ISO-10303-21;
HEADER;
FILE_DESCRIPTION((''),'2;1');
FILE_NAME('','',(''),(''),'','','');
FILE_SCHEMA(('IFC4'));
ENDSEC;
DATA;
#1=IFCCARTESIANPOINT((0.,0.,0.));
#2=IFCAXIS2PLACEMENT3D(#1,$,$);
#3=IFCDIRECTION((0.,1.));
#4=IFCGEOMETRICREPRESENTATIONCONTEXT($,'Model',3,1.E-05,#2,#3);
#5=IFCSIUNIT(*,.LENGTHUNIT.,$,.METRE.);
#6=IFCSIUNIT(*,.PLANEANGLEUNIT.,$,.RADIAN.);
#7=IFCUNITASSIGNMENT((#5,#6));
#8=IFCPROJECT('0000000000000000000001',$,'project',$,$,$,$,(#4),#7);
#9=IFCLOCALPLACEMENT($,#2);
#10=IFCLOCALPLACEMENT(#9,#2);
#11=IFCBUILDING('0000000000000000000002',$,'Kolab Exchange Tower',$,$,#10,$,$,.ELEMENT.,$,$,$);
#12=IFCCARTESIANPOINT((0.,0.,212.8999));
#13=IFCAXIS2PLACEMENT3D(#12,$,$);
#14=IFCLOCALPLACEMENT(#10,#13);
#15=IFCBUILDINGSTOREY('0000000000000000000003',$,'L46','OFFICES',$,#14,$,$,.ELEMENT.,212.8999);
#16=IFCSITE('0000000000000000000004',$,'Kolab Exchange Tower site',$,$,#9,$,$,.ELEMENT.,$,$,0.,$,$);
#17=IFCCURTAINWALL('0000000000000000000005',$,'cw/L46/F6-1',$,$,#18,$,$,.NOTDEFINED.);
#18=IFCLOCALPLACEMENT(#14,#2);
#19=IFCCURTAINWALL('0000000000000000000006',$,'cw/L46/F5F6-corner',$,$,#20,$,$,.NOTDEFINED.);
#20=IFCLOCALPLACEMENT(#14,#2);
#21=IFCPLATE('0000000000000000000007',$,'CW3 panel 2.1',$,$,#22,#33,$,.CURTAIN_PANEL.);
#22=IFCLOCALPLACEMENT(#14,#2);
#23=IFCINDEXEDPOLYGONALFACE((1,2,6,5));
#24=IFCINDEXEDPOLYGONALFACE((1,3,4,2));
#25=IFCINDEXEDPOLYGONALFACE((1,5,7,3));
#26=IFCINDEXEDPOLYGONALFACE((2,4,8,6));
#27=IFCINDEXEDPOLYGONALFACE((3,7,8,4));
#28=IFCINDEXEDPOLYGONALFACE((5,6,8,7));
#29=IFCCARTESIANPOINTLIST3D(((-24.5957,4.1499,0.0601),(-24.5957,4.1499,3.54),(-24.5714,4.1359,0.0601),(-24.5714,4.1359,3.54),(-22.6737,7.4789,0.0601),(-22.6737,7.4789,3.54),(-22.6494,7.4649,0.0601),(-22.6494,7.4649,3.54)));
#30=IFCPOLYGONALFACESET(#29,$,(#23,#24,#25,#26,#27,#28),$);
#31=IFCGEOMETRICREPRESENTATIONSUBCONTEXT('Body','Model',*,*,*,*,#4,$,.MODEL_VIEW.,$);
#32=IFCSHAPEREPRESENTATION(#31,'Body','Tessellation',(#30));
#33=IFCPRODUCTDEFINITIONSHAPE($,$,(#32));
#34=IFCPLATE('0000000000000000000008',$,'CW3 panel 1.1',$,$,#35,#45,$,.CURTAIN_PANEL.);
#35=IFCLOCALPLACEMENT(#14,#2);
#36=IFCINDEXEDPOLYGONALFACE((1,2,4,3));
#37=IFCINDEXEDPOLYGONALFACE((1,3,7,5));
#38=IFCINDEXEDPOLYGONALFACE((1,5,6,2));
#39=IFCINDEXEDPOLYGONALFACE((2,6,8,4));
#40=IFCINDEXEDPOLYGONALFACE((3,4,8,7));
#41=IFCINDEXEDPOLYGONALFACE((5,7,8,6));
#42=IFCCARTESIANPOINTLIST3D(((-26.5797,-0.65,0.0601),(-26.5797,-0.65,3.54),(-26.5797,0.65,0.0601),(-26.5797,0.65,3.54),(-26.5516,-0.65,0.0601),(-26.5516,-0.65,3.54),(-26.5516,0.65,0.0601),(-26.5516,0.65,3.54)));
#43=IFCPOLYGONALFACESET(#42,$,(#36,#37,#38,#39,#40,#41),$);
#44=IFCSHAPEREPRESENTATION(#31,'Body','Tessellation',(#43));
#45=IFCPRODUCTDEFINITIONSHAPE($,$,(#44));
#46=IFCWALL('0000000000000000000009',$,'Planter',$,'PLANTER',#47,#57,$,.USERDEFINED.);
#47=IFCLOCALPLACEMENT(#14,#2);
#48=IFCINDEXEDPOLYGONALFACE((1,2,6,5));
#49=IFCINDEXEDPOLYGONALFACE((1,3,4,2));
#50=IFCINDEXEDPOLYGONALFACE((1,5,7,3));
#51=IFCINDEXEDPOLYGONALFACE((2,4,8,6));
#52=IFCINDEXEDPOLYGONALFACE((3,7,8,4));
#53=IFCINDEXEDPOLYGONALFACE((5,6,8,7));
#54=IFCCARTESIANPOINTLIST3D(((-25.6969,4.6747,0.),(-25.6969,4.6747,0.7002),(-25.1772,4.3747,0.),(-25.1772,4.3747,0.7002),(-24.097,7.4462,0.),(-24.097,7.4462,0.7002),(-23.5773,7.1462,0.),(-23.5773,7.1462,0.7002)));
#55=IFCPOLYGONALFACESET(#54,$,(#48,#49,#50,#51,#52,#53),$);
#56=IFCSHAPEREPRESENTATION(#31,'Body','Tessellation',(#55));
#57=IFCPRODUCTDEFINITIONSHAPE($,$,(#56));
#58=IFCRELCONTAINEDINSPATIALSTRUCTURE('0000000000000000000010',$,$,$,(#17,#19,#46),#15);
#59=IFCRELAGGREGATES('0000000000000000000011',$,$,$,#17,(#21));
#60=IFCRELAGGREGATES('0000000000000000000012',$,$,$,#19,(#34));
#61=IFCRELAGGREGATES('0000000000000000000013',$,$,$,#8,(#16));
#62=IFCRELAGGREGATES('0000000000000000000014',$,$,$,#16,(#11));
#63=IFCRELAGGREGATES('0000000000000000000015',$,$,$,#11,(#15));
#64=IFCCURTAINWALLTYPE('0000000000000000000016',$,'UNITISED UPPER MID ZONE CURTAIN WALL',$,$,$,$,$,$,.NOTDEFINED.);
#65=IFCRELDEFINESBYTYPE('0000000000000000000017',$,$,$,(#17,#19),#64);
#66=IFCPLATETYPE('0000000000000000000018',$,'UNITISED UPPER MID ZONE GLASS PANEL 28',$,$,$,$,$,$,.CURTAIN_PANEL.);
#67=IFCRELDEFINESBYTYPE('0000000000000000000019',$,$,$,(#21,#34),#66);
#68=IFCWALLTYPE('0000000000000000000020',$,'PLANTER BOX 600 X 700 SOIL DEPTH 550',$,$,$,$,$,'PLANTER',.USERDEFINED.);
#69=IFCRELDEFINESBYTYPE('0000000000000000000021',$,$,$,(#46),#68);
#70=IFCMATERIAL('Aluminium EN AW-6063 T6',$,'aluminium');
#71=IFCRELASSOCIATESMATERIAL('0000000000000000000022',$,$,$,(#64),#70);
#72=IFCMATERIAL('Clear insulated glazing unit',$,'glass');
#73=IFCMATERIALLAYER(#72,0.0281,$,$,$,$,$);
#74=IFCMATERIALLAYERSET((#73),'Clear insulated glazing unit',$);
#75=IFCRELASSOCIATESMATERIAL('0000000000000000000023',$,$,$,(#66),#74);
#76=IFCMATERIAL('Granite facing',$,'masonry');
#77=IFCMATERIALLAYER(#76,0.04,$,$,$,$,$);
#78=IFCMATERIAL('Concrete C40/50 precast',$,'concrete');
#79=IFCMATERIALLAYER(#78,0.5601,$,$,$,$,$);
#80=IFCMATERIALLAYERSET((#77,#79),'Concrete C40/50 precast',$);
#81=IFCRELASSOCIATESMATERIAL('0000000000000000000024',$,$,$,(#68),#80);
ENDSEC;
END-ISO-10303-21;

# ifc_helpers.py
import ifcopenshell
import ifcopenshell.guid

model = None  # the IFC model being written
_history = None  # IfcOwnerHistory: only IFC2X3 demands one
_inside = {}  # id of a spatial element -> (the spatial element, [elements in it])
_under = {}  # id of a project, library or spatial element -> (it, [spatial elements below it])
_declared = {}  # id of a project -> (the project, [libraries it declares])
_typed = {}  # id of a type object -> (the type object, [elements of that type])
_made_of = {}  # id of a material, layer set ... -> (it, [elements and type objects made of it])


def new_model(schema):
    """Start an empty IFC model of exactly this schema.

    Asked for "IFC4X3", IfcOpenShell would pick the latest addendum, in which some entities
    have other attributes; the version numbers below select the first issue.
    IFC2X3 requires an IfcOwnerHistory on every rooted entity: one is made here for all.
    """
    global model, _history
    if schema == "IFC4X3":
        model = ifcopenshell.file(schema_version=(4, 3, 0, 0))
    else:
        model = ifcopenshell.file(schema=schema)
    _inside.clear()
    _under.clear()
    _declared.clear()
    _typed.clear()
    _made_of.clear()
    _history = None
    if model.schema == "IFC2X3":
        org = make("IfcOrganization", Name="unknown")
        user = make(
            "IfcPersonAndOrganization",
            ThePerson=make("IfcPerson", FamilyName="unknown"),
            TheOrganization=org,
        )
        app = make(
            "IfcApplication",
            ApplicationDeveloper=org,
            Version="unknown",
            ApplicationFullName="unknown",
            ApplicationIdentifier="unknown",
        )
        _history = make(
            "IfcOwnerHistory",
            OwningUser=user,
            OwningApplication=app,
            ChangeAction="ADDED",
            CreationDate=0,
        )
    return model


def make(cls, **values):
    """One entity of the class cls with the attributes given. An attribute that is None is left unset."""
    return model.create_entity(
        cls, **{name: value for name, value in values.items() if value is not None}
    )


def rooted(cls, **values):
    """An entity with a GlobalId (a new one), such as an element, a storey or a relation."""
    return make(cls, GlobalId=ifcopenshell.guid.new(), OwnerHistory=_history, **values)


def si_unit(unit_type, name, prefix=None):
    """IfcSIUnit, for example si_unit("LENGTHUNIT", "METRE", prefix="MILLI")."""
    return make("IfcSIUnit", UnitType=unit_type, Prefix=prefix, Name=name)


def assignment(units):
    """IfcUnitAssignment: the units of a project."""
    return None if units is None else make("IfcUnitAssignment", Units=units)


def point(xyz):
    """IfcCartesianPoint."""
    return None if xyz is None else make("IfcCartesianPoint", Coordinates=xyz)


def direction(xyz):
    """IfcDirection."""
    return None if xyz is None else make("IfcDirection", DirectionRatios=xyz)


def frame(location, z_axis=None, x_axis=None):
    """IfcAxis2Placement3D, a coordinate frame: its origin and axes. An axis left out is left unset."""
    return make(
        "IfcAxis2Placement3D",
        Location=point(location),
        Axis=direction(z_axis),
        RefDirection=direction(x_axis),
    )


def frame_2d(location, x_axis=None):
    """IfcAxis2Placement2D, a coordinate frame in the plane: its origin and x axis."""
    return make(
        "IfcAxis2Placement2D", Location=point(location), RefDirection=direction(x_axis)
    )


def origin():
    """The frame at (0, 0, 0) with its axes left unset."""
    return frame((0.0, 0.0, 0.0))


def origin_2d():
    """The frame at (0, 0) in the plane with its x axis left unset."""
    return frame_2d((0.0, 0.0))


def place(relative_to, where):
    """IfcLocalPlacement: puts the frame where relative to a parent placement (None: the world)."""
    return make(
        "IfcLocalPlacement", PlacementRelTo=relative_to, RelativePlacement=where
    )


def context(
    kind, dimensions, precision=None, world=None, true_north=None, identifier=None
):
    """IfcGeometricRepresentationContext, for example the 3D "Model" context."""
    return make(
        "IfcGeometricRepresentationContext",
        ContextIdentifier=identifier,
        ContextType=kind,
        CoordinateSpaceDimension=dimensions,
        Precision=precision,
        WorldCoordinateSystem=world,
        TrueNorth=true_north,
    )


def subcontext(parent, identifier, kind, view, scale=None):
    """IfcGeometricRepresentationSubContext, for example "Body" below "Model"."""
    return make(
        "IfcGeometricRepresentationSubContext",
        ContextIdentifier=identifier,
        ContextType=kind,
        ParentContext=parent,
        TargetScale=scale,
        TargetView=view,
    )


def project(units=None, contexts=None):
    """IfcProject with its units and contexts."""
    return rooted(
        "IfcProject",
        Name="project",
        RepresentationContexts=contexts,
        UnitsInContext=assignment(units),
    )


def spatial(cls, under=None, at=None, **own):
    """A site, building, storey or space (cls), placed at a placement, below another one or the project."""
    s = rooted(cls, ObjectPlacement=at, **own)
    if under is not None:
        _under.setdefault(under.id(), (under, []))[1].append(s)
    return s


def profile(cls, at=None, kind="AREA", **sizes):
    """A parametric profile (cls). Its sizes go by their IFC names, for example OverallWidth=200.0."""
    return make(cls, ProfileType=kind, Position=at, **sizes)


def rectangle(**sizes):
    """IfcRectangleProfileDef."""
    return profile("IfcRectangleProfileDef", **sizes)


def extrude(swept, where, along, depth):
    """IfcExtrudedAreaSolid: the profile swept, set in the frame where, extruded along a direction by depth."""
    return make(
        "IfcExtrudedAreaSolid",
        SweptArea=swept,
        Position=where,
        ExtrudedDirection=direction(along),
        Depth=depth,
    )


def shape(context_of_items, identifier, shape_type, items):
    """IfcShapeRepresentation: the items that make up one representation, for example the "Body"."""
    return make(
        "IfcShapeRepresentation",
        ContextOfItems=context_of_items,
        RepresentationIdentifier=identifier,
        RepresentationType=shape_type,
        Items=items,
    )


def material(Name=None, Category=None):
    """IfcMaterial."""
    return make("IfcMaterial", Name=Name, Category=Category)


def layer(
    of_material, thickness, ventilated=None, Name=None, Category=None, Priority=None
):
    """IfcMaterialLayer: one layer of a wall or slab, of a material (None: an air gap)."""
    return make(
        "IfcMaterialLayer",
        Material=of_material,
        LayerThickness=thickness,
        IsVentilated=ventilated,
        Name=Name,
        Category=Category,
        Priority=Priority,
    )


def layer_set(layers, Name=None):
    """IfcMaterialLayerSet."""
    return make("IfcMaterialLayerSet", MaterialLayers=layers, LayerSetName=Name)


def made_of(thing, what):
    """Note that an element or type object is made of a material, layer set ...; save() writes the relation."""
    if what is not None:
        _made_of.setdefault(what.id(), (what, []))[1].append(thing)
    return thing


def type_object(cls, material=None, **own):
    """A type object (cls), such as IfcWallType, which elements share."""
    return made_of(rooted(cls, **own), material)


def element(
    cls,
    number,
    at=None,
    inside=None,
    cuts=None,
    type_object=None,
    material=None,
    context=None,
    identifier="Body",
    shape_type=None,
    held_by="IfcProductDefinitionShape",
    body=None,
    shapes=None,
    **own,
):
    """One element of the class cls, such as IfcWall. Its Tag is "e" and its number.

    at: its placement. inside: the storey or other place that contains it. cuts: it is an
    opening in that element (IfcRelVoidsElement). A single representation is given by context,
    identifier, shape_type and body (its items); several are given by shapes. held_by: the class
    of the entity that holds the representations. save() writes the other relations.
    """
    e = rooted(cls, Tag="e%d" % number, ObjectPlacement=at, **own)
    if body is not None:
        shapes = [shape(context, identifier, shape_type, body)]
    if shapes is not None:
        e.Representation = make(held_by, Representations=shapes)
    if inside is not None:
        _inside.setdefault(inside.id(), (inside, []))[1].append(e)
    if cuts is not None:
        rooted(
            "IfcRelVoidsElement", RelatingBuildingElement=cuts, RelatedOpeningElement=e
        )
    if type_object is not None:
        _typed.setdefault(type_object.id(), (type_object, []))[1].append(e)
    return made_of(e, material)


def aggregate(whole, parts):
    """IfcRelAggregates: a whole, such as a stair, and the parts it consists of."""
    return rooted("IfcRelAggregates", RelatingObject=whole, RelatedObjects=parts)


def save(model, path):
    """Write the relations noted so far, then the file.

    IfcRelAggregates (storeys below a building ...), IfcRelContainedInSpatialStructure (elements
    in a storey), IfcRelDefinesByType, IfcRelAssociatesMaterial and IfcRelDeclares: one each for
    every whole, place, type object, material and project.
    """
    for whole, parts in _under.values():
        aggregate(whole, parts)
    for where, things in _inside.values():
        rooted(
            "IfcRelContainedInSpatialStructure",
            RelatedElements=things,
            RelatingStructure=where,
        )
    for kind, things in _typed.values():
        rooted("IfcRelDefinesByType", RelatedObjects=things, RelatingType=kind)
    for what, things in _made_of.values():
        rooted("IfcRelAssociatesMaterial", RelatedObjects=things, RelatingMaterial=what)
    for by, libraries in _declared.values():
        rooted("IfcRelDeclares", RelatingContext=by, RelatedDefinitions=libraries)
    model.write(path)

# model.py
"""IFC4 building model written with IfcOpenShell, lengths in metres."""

from ifc_helpers import new_model, si_unit, direction, frame, frame_2d, origin, origin_2d, place, context, subcontext, project, spatial, rectangle, extrude, material, layer, layer_set, type_object, element, aggregate, save


model = new_model("IFC4")

# Units and contexts
model_context = context("Model", 3, precision=1e-05, world=origin(), true_north=direction((0.0, 1.0)))
body_context = subcontext(model_context, "Body", "Model", "MODEL_VIEW")
ifc_project = project(units=[si_unit("LENGTHUNIT", "METRE"), si_unit("PLANEANGLEUNIT", "RADIAN")], contexts=[model_context])

# Site, building, storey
site_placement = place(None, origin())
site = spatial("IfcSite", under=ifc_project, at=site_placement, Name="Kolab Exchange Tower site", CompositionType="ELEMENT", RefElevation=0.0)
building_placement = place(site_placement, origin())
building = spatial("IfcBuilding", under=site, at=building_placement, Name="Kolab Exchange Tower", CompositionType="ELEMENT")
storey_placement = place(building_placement, frame((0.0, 0.0, 212.8999)))
storey = spatial("IfcBuildingStorey", under=building, at=storey_placement, Name="L46", Description="OFFICES", CompositionType="ELEMENT", Elevation=212.8999)

# Shared definitions
ifc_material_1 = material(Name="Aluminium EN AW-6063 T6", Category="aluminium")
curtain_wall_type = type_object("IfcCurtainWallType", Name="UNITISED UPPER MID ZONE CURTAIN WALL", PredefinedType="NOTDEFINED", material=ifc_material_1)

# Curtain walls
curtain_wall_1_placement = place(storey_placement, origin())
curtain_wall_1 = element("IfcCurtainWall", 1, at=curtain_wall_1_placement, inside=storey, type_object=curtain_wall_type, Name="cw/L46/F6-1", PredefinedType="NOTDEFINED")
curtain_wall_2_placement = place(storey_placement, origin())
curtain_wall_2 = element("IfcCurtainWall", 2, at=curtain_wall_2_placement, inside=storey, type_object=curtain_wall_type, Name="cw/L46/F5F6-corner", PredefinedType="NOTDEFINED")

# Plates
ifc_material_2 = material(Name="Clear insulated glazing unit", Category="glass")
ifc_layer_1 = layer(ifc_material_2, 0.0281)
ifc_layer_set_1 = layer_set([ifc_layer_1], Name="Clear insulated glazing unit")
plate_type_1 = type_object("IfcPlateType", Name="UNITISED UPPER MID ZONE GLASS PANEL 28", PredefinedType="CURTAIN_PANEL", material=ifc_layer_set_1)
plate_1_placement = place(storey_placement, frame((-23.6226, 5.8074, 0.0601), z_axis=(0.0, 0.0, 1.0), x_axis=(0.5, 0.866025, 0.0)))
plate_1 = element("IfcPlate", 3, at=plate_1_placement, type_object=plate_type_1, Name="CW3 panel 2.1", PredefinedType="CURTAIN_PANEL", context=body_context, shape_type="SweptSolid", body=[
    extrude(rectangle(XDim=3.844, YDim=0.0281, at=origin_2d()), origin(), (0.0, 0.0, 1.0), 3.48),
])
aggregate(curtain_wall_1, [plate_1])
plate_2_placement = place(storey_placement, frame((-26.5657, 0.0, 0.0601), z_axis=(0.0, 0.0, 1.0), x_axis=(0.0, 1.0, 0.0)))
plate_2 = element("IfcPlate", 4, at=plate_2_placement, type_object=plate_type_1, Name="CW3 panel 1.1", PredefinedType="CURTAIN_PANEL", context=body_context, shape_type="SweptSolid", body=[
    extrude(rectangle(XDim=1.3, YDim=0.0281, at=origin_2d()), origin(), (0.0, 0.0, 1.0), 3.48),
])
aggregate(curtain_wall_2, [plate_2])

# Wall
ifc_material_3 = material(Name="Granite facing", Category="masonry")
ifc_layer_2 = layer(ifc_material_3, 0.04)
ifc_material_4 = material(Name="Concrete C40/50 precast", Category="concrete")
ifc_layer_3 = layer(ifc_material_4, 0.5601)
ifc_layer_set_2 = layer_set([ifc_layer_2, ifc_layer_3], Name="Concrete C40/50 precast")
wall_type_1 = type_object("IfcWallType", Name="PLANTER BOX 600 X 700 SOIL DEPTH 550", ElementType="PLANTER", PredefinedType="USERDEFINED", material=ifc_layer_set_2)
wall_1_placement = place(storey_placement, frame((-25.437, 4.5247, 0.0), z_axis=(0.0, 0.0, 1.0), x_axis=(0.499938, 0.866061, 0.0)))
element("IfcWall", 5, at=wall_1_placement, inside=storey, type_object=wall_type_1, Name="Planter", ObjectType="PLANTER", PredefinedType="USERDEFINED", context=body_context, shape_type="SweptSolid", body=[
    extrude(rectangle(XDim=3.2002, YDim=0.6001, at=frame_2d((1.6001, 0.0))), origin(), (0.0, 0.0, 1.0), 0.7002),
])

save(model, "model.ifc")
